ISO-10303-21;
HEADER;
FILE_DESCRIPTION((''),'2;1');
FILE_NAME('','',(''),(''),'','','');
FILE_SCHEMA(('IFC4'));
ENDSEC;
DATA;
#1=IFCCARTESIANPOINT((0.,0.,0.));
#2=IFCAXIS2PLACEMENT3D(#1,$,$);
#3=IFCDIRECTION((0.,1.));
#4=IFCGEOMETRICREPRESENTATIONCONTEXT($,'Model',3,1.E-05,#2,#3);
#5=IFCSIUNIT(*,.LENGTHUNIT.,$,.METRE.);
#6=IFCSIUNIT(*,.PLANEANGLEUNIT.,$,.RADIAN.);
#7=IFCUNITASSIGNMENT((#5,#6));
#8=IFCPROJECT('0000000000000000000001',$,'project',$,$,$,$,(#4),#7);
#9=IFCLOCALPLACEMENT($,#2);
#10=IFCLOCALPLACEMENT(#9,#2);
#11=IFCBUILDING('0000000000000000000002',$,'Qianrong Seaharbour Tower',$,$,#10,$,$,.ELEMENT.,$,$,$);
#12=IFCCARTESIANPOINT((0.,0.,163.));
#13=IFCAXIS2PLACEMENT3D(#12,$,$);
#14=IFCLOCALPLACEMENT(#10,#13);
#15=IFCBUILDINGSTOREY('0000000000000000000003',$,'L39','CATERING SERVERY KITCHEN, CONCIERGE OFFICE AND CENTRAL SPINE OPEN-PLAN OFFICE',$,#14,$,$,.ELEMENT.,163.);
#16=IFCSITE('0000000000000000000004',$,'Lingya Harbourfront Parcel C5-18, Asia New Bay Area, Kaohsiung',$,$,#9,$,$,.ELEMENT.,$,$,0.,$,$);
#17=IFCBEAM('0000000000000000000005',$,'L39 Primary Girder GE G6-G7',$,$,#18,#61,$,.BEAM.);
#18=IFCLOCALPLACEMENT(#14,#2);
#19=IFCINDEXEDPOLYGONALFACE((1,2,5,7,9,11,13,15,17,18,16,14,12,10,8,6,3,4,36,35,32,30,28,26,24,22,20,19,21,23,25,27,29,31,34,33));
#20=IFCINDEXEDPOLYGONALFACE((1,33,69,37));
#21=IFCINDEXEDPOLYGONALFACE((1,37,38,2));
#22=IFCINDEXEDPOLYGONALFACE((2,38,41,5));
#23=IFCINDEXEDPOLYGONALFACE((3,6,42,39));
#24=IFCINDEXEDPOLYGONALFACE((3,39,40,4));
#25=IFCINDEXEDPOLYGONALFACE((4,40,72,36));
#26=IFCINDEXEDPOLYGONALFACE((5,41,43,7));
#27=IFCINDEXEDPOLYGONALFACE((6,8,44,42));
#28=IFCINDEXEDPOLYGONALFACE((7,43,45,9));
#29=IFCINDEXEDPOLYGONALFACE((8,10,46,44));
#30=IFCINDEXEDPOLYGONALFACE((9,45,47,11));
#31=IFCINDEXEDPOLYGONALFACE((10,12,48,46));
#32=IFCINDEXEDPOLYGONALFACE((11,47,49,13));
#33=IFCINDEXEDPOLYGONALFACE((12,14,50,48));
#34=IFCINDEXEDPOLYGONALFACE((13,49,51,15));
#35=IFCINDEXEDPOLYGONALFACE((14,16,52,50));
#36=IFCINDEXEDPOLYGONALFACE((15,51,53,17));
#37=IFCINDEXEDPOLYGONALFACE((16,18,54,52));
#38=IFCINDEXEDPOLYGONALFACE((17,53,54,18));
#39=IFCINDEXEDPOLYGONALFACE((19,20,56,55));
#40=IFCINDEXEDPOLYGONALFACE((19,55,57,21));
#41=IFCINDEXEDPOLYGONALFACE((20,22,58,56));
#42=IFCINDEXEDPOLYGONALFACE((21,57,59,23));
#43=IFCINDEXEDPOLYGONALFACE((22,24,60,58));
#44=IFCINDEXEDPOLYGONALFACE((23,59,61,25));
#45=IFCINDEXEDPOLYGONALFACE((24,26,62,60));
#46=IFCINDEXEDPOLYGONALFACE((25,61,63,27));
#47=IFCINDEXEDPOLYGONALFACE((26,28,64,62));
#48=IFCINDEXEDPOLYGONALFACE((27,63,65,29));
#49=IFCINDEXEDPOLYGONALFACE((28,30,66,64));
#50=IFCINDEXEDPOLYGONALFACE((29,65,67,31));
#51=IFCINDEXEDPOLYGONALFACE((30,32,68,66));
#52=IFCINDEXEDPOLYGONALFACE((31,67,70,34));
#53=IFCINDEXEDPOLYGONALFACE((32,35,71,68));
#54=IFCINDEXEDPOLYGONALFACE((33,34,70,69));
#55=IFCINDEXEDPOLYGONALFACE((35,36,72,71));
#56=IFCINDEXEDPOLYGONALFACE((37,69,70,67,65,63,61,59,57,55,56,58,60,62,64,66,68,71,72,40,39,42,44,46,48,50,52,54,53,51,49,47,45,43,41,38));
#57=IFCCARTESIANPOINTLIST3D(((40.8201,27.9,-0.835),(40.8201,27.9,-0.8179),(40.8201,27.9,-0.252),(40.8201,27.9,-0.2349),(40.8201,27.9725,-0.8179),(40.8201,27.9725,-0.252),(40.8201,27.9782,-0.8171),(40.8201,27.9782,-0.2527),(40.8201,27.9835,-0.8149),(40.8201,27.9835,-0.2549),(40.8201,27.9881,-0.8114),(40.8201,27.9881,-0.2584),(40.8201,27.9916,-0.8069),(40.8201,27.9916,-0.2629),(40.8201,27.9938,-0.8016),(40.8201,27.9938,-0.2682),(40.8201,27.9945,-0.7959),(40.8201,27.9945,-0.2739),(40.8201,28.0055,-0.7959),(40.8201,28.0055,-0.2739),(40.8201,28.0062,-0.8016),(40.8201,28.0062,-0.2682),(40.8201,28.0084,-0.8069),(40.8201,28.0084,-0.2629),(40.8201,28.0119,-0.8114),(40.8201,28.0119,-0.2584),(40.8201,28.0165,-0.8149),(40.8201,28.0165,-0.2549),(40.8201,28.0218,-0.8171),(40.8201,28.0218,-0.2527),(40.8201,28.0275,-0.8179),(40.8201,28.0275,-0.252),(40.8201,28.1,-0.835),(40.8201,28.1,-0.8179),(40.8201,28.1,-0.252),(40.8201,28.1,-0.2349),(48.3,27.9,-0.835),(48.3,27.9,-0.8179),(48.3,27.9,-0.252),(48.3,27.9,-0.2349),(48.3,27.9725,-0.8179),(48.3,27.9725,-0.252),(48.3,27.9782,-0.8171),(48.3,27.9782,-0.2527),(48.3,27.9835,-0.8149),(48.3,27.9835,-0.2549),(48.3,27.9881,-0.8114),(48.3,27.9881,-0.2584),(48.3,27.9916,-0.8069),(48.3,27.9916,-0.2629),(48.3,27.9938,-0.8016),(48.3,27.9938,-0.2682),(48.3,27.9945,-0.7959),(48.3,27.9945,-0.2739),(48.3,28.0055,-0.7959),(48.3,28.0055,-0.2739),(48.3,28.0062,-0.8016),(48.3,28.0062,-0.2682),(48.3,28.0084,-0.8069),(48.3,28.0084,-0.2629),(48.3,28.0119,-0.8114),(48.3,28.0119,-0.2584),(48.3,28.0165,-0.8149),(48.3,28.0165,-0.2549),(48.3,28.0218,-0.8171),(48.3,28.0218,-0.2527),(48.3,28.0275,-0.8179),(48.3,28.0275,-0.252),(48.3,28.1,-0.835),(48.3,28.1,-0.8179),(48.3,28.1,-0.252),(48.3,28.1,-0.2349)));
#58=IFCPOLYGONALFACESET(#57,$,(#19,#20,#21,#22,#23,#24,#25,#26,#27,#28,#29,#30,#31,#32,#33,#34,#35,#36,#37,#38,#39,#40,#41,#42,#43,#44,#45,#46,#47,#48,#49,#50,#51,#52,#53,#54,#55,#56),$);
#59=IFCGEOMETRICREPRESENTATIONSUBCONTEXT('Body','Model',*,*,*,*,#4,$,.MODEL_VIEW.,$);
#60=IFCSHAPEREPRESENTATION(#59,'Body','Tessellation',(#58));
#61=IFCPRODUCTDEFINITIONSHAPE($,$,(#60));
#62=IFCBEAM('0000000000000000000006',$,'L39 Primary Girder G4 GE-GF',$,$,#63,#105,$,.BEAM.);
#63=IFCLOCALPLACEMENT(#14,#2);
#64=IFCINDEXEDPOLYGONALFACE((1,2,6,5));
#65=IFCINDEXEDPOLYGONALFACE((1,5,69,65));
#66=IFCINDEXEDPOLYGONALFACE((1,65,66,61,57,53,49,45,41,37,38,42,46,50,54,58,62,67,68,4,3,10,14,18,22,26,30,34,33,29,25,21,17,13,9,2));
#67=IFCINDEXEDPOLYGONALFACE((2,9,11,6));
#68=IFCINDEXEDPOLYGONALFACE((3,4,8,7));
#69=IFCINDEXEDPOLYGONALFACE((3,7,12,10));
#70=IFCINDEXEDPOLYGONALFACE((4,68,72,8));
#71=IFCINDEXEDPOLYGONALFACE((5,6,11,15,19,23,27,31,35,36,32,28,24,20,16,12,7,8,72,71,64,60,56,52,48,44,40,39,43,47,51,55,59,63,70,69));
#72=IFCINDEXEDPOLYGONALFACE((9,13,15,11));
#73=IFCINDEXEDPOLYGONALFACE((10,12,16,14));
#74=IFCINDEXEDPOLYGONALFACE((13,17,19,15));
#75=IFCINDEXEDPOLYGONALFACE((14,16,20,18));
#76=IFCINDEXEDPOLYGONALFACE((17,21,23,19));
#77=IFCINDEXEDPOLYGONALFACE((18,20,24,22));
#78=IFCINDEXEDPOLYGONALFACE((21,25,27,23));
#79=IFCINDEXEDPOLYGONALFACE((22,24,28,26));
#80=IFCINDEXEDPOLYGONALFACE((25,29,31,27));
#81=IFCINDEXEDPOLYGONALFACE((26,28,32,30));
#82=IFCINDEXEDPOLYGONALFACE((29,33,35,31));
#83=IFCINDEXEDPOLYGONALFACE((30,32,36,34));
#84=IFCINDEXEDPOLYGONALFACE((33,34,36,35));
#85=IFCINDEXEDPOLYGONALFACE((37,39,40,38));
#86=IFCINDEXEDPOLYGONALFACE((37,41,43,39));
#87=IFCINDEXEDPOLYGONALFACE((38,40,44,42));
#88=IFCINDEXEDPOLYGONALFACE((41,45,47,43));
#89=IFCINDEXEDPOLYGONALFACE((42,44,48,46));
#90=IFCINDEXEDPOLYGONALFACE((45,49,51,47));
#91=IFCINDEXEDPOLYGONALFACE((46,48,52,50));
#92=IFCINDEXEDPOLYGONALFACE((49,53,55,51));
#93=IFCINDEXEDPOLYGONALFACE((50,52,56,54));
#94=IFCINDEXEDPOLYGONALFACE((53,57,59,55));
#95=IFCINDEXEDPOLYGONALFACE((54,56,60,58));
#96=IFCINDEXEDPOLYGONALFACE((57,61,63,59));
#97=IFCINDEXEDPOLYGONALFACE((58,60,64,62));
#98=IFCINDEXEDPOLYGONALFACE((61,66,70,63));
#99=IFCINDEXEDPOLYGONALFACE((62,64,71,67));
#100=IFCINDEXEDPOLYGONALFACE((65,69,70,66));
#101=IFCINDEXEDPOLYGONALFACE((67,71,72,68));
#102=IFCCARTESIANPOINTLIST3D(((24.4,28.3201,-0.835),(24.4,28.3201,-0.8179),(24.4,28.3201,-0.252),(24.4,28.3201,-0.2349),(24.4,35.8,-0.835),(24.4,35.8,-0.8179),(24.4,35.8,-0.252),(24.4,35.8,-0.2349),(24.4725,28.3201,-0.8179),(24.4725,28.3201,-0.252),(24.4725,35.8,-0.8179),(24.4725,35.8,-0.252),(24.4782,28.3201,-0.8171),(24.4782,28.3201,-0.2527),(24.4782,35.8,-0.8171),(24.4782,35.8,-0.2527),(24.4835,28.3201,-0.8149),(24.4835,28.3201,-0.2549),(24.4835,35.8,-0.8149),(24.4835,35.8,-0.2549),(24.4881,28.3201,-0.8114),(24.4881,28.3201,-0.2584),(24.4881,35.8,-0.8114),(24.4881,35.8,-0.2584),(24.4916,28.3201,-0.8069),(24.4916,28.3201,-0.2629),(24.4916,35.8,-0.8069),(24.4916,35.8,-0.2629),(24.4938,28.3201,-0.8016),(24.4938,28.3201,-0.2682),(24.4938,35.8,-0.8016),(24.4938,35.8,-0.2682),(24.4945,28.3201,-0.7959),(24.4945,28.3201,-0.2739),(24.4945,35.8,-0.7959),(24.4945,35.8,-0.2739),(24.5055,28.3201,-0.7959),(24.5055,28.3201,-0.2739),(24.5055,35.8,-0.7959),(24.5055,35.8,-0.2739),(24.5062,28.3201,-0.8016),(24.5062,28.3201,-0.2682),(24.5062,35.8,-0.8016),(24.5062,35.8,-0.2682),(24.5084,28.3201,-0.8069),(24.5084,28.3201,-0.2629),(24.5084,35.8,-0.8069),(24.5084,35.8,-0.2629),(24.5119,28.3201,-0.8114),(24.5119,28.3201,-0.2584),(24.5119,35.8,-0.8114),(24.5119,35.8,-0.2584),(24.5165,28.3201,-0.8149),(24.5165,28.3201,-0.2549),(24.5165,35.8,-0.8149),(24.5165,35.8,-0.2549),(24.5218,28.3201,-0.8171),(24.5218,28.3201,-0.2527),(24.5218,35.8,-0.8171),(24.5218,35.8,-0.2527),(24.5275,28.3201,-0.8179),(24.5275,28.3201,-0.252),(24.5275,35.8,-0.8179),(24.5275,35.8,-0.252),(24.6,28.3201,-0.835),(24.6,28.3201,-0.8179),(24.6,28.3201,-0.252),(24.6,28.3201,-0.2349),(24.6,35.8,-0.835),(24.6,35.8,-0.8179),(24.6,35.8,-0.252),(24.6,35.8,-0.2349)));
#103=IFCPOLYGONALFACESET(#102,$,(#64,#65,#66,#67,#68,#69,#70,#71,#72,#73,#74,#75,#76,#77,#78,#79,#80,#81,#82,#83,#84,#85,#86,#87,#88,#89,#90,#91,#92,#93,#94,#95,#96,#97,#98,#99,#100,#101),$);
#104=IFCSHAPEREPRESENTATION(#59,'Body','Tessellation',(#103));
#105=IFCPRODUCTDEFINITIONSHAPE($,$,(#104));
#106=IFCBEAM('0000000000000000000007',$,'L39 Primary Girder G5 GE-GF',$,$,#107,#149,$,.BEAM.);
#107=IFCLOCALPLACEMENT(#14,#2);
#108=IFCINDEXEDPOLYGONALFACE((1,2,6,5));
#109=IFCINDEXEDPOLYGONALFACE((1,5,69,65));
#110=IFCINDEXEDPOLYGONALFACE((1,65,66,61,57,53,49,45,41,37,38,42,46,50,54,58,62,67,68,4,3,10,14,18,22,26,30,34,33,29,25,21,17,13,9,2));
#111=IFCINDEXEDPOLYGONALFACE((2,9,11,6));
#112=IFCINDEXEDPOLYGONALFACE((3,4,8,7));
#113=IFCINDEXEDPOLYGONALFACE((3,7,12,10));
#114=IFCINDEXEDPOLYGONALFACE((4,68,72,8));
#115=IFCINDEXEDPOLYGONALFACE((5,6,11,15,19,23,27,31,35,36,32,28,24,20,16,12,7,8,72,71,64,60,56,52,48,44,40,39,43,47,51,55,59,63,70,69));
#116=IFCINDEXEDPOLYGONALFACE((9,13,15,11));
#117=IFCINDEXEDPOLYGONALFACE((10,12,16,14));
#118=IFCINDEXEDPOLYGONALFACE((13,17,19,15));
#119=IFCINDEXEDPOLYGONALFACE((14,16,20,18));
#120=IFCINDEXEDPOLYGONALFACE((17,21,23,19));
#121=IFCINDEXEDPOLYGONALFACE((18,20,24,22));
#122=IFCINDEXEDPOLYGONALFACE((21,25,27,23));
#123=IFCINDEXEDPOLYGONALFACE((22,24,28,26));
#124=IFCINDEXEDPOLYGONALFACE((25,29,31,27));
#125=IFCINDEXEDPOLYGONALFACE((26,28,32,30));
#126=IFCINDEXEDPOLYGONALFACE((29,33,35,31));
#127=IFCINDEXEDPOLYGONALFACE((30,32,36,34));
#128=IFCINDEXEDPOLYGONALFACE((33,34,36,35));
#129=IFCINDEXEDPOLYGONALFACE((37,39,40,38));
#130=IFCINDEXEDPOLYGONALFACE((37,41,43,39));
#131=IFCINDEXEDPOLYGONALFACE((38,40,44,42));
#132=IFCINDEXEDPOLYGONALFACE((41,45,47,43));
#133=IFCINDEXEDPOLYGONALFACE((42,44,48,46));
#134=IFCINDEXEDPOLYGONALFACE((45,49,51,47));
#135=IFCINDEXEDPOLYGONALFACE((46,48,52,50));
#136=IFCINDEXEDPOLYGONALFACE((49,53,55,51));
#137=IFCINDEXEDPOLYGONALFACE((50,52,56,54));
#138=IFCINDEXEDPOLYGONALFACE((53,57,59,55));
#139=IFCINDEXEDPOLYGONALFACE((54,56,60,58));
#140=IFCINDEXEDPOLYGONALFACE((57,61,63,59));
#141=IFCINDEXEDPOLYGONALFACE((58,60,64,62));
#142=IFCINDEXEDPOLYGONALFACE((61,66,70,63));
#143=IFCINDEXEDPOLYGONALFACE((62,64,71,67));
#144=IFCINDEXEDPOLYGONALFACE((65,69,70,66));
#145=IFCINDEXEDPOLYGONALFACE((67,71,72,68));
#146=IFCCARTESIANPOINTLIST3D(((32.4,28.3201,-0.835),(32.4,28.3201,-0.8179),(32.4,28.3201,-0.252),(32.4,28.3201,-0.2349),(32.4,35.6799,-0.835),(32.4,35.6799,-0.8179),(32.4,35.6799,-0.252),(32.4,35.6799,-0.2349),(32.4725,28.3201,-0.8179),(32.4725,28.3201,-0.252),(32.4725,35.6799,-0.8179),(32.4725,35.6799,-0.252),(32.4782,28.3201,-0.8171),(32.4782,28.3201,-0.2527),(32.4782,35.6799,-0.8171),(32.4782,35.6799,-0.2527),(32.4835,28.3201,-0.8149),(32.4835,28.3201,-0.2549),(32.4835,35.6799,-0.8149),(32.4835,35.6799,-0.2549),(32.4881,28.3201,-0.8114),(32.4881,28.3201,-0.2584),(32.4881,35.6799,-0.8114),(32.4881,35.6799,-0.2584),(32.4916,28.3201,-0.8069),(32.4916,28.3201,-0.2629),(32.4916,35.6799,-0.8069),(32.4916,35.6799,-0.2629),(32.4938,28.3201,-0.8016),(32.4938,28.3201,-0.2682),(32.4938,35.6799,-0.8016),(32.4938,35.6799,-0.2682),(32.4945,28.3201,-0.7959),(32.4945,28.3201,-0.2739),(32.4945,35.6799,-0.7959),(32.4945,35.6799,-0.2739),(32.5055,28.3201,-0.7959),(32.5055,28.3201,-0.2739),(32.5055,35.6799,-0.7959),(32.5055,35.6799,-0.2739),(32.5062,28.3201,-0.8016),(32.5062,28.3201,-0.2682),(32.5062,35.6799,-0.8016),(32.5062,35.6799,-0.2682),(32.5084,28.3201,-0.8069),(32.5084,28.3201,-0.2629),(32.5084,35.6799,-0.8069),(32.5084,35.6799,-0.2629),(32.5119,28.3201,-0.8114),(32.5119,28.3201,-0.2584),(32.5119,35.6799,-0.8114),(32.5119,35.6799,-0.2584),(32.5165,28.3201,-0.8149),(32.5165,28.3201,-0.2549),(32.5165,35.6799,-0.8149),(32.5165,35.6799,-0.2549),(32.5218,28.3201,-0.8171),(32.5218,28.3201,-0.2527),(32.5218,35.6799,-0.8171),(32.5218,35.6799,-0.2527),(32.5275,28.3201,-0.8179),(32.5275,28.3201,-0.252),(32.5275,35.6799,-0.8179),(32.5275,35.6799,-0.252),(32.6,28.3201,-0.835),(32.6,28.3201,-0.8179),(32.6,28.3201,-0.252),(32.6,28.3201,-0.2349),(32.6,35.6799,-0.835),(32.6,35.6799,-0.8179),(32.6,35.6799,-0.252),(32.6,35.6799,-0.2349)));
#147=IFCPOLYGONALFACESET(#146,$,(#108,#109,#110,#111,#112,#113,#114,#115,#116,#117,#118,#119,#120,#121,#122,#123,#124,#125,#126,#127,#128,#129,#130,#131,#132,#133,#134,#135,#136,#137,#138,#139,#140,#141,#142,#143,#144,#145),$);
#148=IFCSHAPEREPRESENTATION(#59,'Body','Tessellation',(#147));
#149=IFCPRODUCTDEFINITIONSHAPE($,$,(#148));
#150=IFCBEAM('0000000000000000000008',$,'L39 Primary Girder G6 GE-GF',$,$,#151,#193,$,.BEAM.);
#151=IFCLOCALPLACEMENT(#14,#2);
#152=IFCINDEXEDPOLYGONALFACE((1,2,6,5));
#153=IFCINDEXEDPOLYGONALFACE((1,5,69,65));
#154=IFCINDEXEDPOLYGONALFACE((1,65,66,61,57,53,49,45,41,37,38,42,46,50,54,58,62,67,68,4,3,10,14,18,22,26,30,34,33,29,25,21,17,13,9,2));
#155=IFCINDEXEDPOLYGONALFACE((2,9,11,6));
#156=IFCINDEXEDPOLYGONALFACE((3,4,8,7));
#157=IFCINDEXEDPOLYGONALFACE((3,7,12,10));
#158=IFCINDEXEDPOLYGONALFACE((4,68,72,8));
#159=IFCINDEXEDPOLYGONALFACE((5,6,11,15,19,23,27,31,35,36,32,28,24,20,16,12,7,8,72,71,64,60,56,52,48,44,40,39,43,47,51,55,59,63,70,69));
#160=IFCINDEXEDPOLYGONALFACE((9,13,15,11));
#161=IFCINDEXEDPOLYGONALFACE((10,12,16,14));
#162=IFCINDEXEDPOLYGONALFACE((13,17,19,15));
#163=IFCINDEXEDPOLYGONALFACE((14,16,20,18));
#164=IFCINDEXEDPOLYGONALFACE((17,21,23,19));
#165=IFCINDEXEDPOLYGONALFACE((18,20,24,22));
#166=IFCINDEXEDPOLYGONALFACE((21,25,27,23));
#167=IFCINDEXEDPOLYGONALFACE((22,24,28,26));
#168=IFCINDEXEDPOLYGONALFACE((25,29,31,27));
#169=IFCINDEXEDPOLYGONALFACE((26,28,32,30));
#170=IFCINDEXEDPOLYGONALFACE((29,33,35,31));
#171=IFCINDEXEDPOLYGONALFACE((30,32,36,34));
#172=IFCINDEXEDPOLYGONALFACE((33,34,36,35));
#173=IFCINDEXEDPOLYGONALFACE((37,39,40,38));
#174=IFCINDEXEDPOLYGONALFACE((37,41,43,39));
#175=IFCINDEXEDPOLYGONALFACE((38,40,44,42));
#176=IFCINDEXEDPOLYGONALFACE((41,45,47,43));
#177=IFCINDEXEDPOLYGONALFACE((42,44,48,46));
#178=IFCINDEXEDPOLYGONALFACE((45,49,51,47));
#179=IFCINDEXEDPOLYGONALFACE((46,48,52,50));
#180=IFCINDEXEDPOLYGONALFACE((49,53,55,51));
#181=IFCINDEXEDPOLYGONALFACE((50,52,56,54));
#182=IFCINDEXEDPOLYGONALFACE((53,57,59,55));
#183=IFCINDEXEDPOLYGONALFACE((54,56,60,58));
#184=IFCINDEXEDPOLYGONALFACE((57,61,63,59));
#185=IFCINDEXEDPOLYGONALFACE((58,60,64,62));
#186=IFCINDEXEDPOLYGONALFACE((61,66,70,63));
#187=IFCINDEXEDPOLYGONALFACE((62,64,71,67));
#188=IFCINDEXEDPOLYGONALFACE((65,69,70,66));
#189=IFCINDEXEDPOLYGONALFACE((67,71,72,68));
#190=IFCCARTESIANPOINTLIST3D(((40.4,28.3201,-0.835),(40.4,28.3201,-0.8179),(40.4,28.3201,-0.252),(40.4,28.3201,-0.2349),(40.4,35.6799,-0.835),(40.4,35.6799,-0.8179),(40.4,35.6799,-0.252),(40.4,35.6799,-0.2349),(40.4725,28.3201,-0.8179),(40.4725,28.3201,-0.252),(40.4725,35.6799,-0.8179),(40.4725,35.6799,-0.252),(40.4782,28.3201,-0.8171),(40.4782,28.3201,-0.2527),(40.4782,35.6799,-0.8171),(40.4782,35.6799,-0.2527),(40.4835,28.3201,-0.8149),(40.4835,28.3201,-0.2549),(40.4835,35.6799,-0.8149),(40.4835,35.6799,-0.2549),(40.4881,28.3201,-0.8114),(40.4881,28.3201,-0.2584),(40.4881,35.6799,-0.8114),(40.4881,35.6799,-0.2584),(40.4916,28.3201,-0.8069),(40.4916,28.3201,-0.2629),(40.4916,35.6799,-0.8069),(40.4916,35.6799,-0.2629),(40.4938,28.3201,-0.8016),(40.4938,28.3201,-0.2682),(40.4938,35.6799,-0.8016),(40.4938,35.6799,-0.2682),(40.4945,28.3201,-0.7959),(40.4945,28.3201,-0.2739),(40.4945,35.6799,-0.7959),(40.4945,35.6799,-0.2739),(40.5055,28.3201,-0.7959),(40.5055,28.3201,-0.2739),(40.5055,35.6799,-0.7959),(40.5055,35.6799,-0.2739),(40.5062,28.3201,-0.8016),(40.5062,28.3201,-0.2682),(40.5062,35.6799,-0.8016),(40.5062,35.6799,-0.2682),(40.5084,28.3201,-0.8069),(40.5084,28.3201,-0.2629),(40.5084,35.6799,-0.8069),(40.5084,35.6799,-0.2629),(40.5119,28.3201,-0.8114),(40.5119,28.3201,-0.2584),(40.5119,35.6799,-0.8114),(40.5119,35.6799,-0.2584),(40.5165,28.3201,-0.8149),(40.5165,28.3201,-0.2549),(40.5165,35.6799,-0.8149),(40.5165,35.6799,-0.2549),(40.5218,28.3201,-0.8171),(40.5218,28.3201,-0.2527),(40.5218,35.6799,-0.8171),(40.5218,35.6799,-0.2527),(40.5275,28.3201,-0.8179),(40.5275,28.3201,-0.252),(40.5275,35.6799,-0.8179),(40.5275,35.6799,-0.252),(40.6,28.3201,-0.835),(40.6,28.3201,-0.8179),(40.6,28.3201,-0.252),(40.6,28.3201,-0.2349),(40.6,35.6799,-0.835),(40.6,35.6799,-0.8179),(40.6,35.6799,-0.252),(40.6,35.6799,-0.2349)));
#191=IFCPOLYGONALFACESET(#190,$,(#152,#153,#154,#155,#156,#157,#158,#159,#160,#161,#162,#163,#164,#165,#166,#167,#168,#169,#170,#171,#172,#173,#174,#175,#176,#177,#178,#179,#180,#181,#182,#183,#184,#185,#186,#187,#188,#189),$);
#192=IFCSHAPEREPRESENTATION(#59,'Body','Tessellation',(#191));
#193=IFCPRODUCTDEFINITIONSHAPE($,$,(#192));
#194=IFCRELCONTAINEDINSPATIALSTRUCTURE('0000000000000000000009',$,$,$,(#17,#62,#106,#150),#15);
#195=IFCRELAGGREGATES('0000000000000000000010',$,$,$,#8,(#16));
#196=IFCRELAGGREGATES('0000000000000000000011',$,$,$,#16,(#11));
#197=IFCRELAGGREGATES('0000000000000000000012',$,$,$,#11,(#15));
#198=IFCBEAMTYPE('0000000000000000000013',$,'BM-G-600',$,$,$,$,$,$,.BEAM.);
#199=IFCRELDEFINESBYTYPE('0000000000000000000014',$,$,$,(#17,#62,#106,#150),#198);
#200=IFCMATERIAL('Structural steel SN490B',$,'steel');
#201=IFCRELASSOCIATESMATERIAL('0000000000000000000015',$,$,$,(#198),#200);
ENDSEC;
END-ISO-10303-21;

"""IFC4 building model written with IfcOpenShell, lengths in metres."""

from ifc_helpers import new_model, si_unit, direction, frame, origin, origin_2d, place, context, subcontext, project, spatial, i_section, extrude, material, material_profile, profile_set, type_object, element, save


model = new_model("IFC4")

# Units and contexts
model_context = context("Model", 3, precision=1e-05, world=origin(), true_north=direction((0.0, 1.0)))
body_context = subcontext(model_context, "Body", "Model", "MODEL_VIEW")
ifc_project = project(units=[si_unit("LENGTHUNIT", "METRE"), si_unit("PLANEANGLEUNIT", "RADIAN")], contexts=[model_context])

# Site, building, storey
site_placement = place(None, origin())
site = spatial("IfcSite", under=ifc_project, at=site_placement, Name="Lingya Harbourfront Parcel C5-18, Asia New Bay Area, Kaohsiung", CompositionType="ELEMENT", RefElevation=0.0)
building_placement = place(site_placement, origin())
building = spatial("IfcBuilding", under=site, at=building_placement, Name="Qianrong Seaharbour Tower", CompositionType="ELEMENT")
storey_placement = place(building_placement, frame((0.0, 0.0, 163.0)))
storey = spatial("IfcBuildingStorey", under=building, at=storey_placement, Name="L39", Description="CATERING SERVERY KITCHEN, CONCIERGE OFFICE AND CENTRAL SPINE OPEN-PLAN OFFICE", CompositionType="ELEMENT", Elevation=163.0)

# Shared definitions
ifc_material_1 = material(Name="Structural steel SN490B", Category="steel")

# Beams
ifc_material_profile_1 = material_profile(ifc_material_1, i_section(OverallWidth=0.2, OverallDepth=0.6001, WebThickness=0.011, FlangeThickness=0.0171, FilletRadius=0.022, at=origin_2d()), Name="H600x200x11x17")
ifc_profile_set_1 = profile_set([ifc_material_profile_1], Name="Structural steel SN490B")
beam_type_1 = type_object("IfcBeamType", Name="BM-G-600", PredefinedType="BEAM", material=ifc_profile_set_1)
for number, where, z_axis, x_axis, name in (
    (1, (40.8201, 28.0, -0.5349), (1.0, 0.0, 0.0), (0.0, 1.0, 0.0), "L39 Primary Girder GE G6-G7"),
    (2, (24.5, 28.3201, -0.5349), (0.0, 1.0, 0.0), (-1.0, 0.0, 0.0), "L39 Primary Girder G4 GE-GF"),
):
    element("IfcBeam", number, at=place(storey_placement, frame(where, z_axis=z_axis, x_axis=x_axis)), inside=storey, type_object=beam_type_1, Name=name, PredefinedType="BEAM", context=body_context, shape_type="SweptSolid", body=[
        extrude(i_section(OverallWidth=0.2, OverallDepth=0.6001, WebThickness=0.011, FlangeThickness=0.0171, FilletRadius=0.022, at=origin_2d()), origin(), (0.0, 0.0, 1.0), 7.48),
    ])
for number, where, z_axis, x_axis, name in (
    (3, (32.5, 28.3201, -0.5349), (0.0, 1.0, 0.0), (-1.0, 0.0, 0.0), "L39 Primary Girder G5 GE-GF"),
    (4, (40.5, 28.3201, -0.5349), (0.0, 1.0, 0.0), (-1.0, 0.0, 0.0), "L39 Primary Girder G6 GE-GF"),
):
    element("IfcBeam", number, at=place(storey_placement, frame(where, z_axis=z_axis, x_axis=x_axis)), inside=storey, type_object=beam_type_1, Name=name, PredefinedType="BEAM", context=body_context, shape_type="SweptSolid", body=[
        extrude(i_section(OverallWidth=0.2, OverallDepth=0.6001, WebThickness=0.011, FlangeThickness=0.0171, FilletRadius=0.022, at=origin_2d()), origin(), (0.0, 0.0, 1.0), 7.3599),
    ])

save(model, "model.ifc")
